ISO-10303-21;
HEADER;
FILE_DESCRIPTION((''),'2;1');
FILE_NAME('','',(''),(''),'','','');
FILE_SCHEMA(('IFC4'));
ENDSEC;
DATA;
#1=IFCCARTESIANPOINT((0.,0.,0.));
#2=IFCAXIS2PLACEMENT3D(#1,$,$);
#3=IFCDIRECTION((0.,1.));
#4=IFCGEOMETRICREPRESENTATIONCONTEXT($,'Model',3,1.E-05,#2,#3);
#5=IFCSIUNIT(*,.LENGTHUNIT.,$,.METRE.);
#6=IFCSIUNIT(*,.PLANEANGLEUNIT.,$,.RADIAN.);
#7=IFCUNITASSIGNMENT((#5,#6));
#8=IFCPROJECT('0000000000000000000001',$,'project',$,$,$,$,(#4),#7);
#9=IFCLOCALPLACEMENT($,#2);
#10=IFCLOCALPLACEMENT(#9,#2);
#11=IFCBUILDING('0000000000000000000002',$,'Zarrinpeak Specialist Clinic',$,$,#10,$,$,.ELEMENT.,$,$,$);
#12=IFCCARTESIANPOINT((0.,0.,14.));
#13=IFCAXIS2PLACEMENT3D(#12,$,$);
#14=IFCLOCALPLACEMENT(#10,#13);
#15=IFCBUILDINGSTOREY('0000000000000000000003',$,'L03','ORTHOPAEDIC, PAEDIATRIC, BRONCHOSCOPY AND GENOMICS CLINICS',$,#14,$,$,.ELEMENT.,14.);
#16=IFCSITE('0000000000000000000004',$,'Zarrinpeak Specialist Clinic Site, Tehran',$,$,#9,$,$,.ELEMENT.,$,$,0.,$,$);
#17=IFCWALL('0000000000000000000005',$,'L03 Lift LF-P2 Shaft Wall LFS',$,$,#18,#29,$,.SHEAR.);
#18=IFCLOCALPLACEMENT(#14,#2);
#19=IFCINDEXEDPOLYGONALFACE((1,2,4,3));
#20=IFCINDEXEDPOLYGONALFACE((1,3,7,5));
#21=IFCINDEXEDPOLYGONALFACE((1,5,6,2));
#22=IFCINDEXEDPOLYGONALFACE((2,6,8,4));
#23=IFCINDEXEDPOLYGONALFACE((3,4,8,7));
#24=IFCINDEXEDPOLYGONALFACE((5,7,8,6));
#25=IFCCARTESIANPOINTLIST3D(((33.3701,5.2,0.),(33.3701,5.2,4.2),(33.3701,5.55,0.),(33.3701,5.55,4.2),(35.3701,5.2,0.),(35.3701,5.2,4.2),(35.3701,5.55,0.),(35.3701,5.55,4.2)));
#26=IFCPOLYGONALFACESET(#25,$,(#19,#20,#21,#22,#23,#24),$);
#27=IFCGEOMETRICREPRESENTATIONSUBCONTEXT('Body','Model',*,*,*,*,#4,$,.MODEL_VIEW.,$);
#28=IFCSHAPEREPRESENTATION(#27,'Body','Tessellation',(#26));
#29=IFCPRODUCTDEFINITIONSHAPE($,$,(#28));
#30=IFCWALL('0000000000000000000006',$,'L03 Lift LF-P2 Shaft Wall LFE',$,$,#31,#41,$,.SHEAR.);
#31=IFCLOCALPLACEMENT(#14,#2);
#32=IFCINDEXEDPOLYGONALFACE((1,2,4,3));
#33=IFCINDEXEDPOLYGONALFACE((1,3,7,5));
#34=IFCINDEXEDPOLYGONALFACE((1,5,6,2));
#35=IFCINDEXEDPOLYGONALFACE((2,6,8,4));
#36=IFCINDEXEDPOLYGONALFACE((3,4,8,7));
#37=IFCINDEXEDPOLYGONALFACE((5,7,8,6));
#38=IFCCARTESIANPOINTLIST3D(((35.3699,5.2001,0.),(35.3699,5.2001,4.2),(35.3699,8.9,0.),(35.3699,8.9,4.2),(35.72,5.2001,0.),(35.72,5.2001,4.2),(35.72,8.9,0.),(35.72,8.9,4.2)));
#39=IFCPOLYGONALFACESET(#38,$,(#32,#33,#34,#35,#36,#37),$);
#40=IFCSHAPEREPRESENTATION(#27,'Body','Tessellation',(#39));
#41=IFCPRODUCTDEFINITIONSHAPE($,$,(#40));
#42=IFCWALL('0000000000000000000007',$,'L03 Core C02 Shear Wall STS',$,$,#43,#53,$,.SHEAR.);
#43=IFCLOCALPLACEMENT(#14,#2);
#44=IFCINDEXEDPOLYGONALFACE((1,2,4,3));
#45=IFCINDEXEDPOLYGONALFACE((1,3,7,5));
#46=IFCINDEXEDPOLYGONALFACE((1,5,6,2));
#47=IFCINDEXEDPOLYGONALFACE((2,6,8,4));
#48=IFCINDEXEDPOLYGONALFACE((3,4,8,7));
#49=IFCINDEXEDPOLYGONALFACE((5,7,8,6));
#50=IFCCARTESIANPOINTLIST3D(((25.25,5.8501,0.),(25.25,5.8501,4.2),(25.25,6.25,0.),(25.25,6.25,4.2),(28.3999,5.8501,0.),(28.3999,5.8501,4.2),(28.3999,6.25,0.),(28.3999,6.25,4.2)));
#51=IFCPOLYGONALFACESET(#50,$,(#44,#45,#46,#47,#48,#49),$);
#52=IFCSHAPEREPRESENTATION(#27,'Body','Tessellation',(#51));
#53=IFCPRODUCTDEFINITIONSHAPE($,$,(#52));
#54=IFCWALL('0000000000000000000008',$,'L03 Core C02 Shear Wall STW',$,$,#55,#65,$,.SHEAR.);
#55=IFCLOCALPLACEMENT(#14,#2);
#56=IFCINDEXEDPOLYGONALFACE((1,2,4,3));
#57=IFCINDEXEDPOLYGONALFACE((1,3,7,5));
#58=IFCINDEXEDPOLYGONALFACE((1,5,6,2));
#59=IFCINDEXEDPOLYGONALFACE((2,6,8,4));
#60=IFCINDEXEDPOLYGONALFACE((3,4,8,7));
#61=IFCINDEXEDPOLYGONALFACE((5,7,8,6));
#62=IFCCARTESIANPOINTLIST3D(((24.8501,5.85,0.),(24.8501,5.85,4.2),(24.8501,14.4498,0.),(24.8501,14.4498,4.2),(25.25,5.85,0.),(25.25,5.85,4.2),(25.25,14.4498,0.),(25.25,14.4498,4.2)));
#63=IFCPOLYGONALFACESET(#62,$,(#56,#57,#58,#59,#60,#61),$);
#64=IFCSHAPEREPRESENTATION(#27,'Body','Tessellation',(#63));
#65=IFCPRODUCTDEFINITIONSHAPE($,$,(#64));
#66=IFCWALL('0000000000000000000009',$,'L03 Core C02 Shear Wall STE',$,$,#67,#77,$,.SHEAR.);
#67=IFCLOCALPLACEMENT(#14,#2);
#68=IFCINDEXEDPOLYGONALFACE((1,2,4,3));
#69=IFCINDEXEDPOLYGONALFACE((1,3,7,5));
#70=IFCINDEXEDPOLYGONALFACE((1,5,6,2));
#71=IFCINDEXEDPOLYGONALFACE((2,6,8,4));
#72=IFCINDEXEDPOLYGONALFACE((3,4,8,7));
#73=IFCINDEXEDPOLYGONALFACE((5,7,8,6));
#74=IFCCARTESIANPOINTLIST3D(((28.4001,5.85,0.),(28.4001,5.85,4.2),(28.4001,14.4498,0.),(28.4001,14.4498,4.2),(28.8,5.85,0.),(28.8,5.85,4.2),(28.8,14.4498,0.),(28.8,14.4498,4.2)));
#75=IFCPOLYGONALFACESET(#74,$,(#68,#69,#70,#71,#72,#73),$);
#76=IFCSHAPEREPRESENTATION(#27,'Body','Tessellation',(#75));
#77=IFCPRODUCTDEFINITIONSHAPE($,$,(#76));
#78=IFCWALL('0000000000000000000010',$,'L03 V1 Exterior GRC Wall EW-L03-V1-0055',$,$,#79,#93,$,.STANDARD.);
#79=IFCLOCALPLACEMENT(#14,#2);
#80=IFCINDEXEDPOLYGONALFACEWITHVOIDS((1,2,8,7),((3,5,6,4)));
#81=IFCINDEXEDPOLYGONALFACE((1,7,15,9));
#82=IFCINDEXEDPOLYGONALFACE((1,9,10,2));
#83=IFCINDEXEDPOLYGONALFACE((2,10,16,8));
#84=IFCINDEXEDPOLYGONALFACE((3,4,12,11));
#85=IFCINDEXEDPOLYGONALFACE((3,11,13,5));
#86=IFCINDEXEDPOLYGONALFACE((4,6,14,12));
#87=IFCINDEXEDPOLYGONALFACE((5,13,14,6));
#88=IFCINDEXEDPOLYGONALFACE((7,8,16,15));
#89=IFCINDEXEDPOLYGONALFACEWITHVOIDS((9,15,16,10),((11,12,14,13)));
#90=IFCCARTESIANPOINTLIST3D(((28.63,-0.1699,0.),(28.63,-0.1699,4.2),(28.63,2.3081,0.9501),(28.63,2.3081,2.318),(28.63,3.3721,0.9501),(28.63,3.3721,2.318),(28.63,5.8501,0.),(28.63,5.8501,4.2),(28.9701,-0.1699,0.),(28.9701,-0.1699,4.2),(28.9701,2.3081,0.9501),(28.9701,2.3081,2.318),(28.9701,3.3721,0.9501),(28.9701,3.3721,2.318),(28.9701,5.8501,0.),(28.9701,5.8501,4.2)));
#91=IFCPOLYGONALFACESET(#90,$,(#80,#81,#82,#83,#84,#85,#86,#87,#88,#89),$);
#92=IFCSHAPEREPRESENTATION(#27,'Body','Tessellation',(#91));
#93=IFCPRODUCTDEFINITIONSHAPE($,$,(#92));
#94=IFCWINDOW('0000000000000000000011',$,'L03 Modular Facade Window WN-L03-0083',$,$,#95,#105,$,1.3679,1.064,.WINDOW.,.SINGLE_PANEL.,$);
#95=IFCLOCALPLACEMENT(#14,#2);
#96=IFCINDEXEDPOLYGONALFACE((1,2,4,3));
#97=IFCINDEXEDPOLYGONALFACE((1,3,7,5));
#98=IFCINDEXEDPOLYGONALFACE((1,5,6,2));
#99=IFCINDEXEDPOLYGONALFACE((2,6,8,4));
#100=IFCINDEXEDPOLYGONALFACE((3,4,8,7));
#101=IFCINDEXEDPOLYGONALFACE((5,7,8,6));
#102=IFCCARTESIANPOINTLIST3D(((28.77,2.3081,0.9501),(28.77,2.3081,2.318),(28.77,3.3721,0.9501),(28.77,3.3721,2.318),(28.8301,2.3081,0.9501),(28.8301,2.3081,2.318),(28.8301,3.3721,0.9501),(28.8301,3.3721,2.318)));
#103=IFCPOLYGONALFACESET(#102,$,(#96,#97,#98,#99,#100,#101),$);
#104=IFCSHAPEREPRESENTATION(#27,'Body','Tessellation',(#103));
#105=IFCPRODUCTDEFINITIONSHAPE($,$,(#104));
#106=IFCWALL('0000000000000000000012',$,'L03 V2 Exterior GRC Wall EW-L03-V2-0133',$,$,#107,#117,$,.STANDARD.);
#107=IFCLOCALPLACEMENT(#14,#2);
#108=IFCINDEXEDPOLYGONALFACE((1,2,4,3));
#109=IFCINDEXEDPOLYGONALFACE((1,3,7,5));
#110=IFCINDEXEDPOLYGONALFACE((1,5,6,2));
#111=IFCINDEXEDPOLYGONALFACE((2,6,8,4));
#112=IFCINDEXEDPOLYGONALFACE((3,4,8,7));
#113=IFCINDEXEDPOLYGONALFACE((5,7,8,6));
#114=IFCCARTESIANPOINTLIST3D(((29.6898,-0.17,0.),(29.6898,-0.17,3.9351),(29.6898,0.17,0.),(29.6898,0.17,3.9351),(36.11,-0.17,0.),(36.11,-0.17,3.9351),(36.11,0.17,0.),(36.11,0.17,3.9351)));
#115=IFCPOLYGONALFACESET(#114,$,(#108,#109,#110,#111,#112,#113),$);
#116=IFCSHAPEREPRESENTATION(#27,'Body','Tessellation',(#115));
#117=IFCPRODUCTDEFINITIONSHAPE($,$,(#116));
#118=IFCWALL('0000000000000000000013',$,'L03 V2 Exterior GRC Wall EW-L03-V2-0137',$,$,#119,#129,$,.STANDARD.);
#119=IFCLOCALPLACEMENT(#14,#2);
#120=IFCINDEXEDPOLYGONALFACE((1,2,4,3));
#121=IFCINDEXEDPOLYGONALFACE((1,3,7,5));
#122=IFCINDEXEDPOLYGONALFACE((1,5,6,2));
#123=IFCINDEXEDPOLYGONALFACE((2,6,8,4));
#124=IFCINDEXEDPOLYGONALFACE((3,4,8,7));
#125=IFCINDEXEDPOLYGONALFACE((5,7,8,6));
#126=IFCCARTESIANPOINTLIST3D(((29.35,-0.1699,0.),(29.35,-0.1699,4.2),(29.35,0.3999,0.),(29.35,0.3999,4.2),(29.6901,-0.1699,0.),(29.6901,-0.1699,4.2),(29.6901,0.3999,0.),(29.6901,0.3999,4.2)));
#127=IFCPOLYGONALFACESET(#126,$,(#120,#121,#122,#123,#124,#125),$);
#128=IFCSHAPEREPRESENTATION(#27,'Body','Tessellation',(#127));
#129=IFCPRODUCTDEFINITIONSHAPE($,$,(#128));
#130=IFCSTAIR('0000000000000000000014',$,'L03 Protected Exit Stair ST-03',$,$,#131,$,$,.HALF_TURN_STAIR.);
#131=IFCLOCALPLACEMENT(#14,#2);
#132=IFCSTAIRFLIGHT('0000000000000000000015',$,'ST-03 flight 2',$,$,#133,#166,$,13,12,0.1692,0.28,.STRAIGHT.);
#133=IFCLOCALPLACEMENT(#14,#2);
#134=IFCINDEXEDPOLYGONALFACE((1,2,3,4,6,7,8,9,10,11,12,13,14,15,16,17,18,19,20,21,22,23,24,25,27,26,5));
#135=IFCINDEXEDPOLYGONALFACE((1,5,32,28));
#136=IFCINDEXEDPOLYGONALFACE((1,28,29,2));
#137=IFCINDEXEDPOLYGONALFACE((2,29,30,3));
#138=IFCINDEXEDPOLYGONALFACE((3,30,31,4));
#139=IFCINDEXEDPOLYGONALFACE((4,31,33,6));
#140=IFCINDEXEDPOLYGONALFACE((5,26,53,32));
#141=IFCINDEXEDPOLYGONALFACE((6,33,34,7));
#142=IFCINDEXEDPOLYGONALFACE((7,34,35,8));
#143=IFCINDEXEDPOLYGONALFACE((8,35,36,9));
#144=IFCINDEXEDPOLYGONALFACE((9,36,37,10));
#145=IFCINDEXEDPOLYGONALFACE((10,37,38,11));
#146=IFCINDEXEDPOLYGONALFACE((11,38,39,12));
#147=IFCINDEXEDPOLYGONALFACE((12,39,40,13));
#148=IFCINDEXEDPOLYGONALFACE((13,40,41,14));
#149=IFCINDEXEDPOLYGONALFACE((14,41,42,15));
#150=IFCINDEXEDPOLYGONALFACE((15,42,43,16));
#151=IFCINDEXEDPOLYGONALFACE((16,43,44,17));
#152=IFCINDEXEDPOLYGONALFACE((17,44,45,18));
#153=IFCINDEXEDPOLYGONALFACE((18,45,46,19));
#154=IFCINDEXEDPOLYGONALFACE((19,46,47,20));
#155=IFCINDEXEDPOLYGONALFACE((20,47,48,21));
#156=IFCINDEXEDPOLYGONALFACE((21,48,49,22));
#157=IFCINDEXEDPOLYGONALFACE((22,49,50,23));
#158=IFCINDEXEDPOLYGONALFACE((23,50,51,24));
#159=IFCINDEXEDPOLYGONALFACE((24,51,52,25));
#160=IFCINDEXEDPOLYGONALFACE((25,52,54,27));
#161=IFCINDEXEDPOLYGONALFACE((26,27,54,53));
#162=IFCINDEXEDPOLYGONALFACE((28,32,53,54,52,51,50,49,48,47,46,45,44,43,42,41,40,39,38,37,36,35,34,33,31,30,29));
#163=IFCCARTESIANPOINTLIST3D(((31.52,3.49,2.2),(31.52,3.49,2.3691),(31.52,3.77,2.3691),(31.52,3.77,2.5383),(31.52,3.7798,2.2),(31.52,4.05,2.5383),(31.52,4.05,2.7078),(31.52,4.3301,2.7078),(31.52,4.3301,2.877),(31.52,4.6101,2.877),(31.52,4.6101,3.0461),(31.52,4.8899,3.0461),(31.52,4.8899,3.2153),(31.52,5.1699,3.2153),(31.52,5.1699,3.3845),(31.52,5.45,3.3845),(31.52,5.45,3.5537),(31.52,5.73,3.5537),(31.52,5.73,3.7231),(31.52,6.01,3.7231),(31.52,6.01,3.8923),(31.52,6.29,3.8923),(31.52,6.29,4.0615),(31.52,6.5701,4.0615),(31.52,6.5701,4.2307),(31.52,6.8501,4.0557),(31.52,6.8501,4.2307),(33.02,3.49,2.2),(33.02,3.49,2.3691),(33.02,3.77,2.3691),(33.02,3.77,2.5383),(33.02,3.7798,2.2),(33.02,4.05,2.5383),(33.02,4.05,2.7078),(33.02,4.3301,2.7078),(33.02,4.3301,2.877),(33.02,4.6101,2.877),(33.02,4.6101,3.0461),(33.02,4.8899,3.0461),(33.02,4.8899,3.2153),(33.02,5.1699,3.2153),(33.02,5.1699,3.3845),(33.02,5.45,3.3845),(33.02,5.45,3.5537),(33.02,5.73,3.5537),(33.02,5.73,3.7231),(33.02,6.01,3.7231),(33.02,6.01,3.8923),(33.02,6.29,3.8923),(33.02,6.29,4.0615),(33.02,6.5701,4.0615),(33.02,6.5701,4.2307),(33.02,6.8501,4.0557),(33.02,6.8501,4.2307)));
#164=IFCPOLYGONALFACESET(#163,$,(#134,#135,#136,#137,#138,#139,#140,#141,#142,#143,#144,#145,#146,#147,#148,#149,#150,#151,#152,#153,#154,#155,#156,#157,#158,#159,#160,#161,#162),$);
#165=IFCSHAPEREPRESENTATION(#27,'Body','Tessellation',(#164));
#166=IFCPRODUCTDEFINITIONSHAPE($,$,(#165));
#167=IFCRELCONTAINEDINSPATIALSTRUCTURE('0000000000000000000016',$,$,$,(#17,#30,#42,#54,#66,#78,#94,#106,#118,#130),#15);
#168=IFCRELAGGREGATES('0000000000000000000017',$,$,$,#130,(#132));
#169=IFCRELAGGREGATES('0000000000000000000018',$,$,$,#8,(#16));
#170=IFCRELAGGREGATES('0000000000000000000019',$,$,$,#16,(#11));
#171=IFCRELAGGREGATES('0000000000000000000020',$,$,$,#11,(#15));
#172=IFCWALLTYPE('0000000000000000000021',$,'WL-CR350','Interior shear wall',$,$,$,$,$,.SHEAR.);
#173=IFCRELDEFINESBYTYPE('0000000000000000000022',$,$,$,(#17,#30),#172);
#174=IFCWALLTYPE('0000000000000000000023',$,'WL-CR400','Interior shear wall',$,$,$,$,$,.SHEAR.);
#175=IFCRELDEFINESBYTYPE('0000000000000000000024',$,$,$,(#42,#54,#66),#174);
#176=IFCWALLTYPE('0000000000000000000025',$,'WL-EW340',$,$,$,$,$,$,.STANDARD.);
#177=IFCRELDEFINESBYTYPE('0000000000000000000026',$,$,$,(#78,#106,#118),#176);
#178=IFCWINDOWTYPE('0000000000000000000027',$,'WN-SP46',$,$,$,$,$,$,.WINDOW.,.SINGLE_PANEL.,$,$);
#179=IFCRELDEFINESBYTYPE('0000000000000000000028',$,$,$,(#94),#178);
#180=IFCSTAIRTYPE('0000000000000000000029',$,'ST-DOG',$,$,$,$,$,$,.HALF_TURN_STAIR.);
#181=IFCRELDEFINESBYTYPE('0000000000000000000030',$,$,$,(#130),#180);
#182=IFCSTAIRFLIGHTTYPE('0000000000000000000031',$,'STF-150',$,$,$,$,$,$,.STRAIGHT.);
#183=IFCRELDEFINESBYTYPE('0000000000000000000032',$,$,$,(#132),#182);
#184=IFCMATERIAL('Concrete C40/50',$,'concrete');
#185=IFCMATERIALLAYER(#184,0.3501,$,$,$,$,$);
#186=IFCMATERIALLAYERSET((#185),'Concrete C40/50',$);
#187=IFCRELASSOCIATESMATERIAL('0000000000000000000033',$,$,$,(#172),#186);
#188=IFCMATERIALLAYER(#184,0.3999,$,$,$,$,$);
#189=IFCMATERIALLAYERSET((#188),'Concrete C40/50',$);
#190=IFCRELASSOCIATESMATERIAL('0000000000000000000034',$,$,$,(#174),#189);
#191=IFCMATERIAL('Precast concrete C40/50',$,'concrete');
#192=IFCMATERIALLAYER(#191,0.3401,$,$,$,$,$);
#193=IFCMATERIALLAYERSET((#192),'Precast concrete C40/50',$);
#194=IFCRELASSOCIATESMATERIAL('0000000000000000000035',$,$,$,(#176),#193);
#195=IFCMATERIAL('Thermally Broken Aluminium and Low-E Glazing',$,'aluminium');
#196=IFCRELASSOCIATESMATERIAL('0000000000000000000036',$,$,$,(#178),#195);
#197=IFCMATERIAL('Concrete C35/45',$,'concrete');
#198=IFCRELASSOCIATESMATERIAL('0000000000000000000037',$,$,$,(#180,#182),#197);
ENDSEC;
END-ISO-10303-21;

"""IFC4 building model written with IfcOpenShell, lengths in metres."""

from ifc_helpers import new_model, si_unit, direction, frame, frame_2d, origin, place, context, subcontext, project, spatial, polyline, rectangle, outline, extrude, material, layer, layer_set, type_object, element, fill, aggregate, save


model = new_model("IFC4")

# Units and contexts
model_context = context("Model", 3, precision=1e-05, world=origin(), true_north=direction((0.0, 1.0)))
body_context = subcontext(model_context, "Body", "Model", "MODEL_VIEW")
ifc_project = project(units=[si_unit("LENGTHUNIT", "METRE"), si_unit("PLANEANGLEUNIT", "RADIAN")], contexts=[model_context])

# Site, building, storey
site_placement = place(None, origin())
site = spatial("IfcSite", under=ifc_project, at=site_placement, Name="Zarrinpeak Specialist Clinic Site, Tehran", CompositionType="ELEMENT", RefElevation=0.0)
building_placement = place(site_placement, origin())
building = spatial("IfcBuilding", under=site, at=building_placement, Name="Zarrinpeak Specialist Clinic", CompositionType="ELEMENT")
storey_placement = place(building_placement, frame((0.0, 0.0, 14.0)))
storey = spatial("IfcBuildingStorey", under=building, at=storey_placement, Name="L03", Description="ORTHOPAEDIC, PAEDIATRIC, BRONCHOSCOPY AND GENOMICS CLINICS", CompositionType="ELEMENT", Elevation=14.0)

# Walls
ifc_material_1 = material(Name="Concrete C40/50", Category="concrete")
ifc_layer_1 = layer(ifc_material_1, 0.3501)
ifc_layer_set_1 = layer_set([ifc_layer_1], Name="Concrete C40/50")
wall_type_1 = type_object("IfcWallType", Name="WL-CR350", Description="Interior shear wall", PredefinedType="SHEAR", material=ifc_layer_set_1)
wall_1_placement = place(storey_placement, frame((33.3701, 5.375, 0.0), z_axis=(0.0, 0.0, 1.0), x_axis=(1.0, 0.0, 0.0)))
element("IfcWall", 1, at=wall_1_placement, inside=storey, type_object=wall_type_1, Name="L03 Lift LF-P2 Shaft Wall LFS", PredefinedType="SHEAR", context=body_context, shape_type="SweptSolid", body=[
    extrude(rectangle(XDim=2.0, YDim=0.3501, at=frame_2d((1.0, 0.0))), origin(), (0.0, 0.0, 1.0), 4.2),
])
wall_2_placement = place(storey_placement, frame((35.5449, 5.2, 0.0), z_axis=(0.0, 0.0, 1.0), x_axis=(0.0, 1.0, 0.0)))
element("IfcWall", 2, at=wall_2_placement, inside=storey, type_object=wall_type_1, Name="L03 Lift LF-P2 Shaft Wall LFE", PredefinedType="SHEAR", context=body_context, shape_type="SweptSolid", body=[
    extrude(rectangle(XDim=3.7, YDim=0.3501, at=frame_2d((1.8501, 0.0))), origin(), (0.0, 0.0, 1.0), 4.2),
])
ifc_layer_2 = layer(ifc_material_1, 0.3999)
ifc_layer_set_2 = layer_set([ifc_layer_2], Name="Concrete C40/50")
wall_type_2 = type_object("IfcWallType", Name="WL-CR400", Description="Interior shear wall", PredefinedType="SHEAR", material=ifc_layer_set_2)
wall_3_placement = place(storey_placement, frame((25.25, 6.05, 0.0), z_axis=(0.0, 0.0, 1.0), x_axis=(1.0, 0.0, 0.0)))
element("IfcWall", 3, at=wall_3_placement, inside=storey, type_object=wall_type_2, Name="L03 Core C02 Shear Wall STS", PredefinedType="SHEAR", context=body_context, shape_type="SweptSolid", body=[
    extrude(rectangle(XDim=3.1499, YDim=0.3999, at=frame_2d((1.575, 0.0))), origin(), (0.0, 0.0, 1.0), 4.2),
])
for number, where, z_axis, x_axis, name in (
    (4, (25.05, 5.8501, 0.0), (0.0, 0.0, 1.0), (0.0, 1.0, 0.0), "L03 Core C02 Shear Wall STW"),
    (5, (28.6001, 5.8501, 0.0), (0.0, 0.0, 1.0), (0.0, 1.0, 0.0), "L03 Core C02 Shear Wall STE"),
):
    element("IfcWall", number, at=place(storey_placement, frame(where, z_axis=z_axis, x_axis=x_axis)), inside=storey, type_object=wall_type_2, Name=name, PredefinedType="SHEAR", context=body_context, shape_type="SweptSolid", body=[
        extrude(rectangle(XDim=8.5999, YDim=0.3999, at=frame_2d((4.2998, 0.0))), origin(), (0.0, 0.0, 1.0), 4.2),
    ])

# Wall, opening, window
ifc_material_2 = material(Name="Precast concrete C40/50", Category="concrete")
ifc_layer_3 = layer(ifc_material_2, 0.3401)
ifc_layer_set_3 = layer_set([ifc_layer_3], Name="Precast concrete C40/50")
wall_type_3 = type_object("IfcWallType", Name="WL-EW340", PredefinedType="STANDARD", material=ifc_layer_set_3)
wall_4_placement = place(storey_placement, frame((28.8, -0.1699, 0.0), z_axis=(0.0, 0.0, 1.0), x_axis=(0.0, 1.0, 0.0)))
wall_4 = element("IfcWall", 6, at=wall_4_placement, inside=storey, type_object=wall_type_3, Name="L03 V1 Exterior GRC Wall EW-L03-V1-0055", PredefinedType="STANDARD", context=body_context, shape_type="SweptSolid", body=[
    extrude(rectangle(XDim=6.02, YDim=0.3401, at=frame_2d((3.01, 0.0))), origin(), (0.0, 0.0, 1.0), 4.2),
])
opening_placement = place(wall_4_placement, frame((2.478, 0.0, 0.95)))
opening = element("IfcOpeningElement", 7, at=opening_placement, cuts=wall_4, PredefinedType="OPENING", context=body_context, shape_type="SweptSolid", body=[
    extrude(rectangle(XDim=1.064, YDim=1.3679, at=frame_2d((0.532, 0.6841))), frame((0.0, 0.1802, 0.0), z_axis=(0.0, -1.0, 0.0), x_axis=(1.0, 0.0, 0.0)), (0.0, 0.0, 1.0), 0.3601),
])
ifc_material_3 = material(Name="Thermally Broken Aluminium and Low-E Glazing", Category="aluminium")
window_type = type_object("IfcWindowType", Name="WN-SP46", PartitioningType="SINGLE_PANEL", PredefinedType="WINDOW", material=ifc_material_3)
window_placement = place(opening_placement, origin())
window = element("IfcWindow", 8, at=window_placement, inside=storey, type_object=window_type, Name="L03 Modular Facade Window WN-L03-0083", OverallHeight=1.3679, OverallWidth=1.064, PartitioningType="SINGLE_PANEL", PredefinedType="WINDOW", context=body_context, shape_type="SweptSolid", body=[
    extrude(rectangle(XDim=1.064, YDim=1.3679, at=frame_2d((0.532, 0.6841))), frame((0.0, 0.03, 0.0), z_axis=(0.0, -1.0, 0.0), x_axis=(1.0, 0.0, 0.0)), (0.0, 0.0, 1.0), 0.0601),
])
fill(opening, window)

# Walls
wall_5_placement = place(storey_placement, frame((29.6899, 0.0, 0.0), z_axis=(0.0, 0.0, 1.0), x_axis=(1.0, 0.0, 0.0)))
element("IfcWall", 9, at=wall_5_placement, inside=storey, type_object=wall_type_3, Name="L03 V2 Exterior GRC Wall EW-L03-V2-0133", PredefinedType="STANDARD", context=body_context, shape_type="SweptSolid", body=[
    extrude(rectangle(XDim=6.4202, YDim=0.3401, at=frame_2d((3.21, 0.0))), origin(), (0.0, 0.0, 1.0), 3.9351),
])
wall_6_placement = place(storey_placement, frame((29.52, 0.3999, 0.0), z_axis=(0.0, 0.0, 1.0), x_axis=(0.0, -1.0, 0.0)))
element("IfcWall", 10, at=wall_6_placement, inside=storey, type_object=wall_type_3, Name="L03 V2 Exterior GRC Wall EW-L03-V2-0137", PredefinedType="STANDARD", context=body_context, shape_type="SweptSolid", body=[
    extrude(rectangle(XDim=0.5698, YDim=0.3401, at=frame_2d((0.2849, 0.0))), origin(), (0.0, 0.0, 1.0), 4.2),
])

# Stair, stair flight
ifc_material_4 = material(Name="Concrete C35/45", Category="concrete")
stair_type = type_object("IfcStairType", Name="ST-DOG", PredefinedType="HALF_TURN_STAIR", material=ifc_material_4)
stair_placement = place(storey_placement, origin())
stair = element("IfcStair", 11, at=stair_placement, inside=storey, type_object=stair_type, Name="L03 Protected Exit Stair ST-03", PredefinedType="HALF_TURN_STAIR")
stair_flight_type = type_object("IfcStairFlightType", Name="STF-150", PredefinedType="STRAIGHT", material=ifc_material_4)
stair_flight_placement = place(storey_placement, frame((32.27, 3.49, 2.2), z_axis=(0.0, 0.0, 1.0), x_axis=(0.0, 1.0, 0.0)))
stair_flight = element("IfcStairFlight", 12, at=stair_flight_placement, type_object=stair_flight_type, Name="ST-03 flight 2", NumberOfRisers=13, NumberOfTreads=12, PredefinedType="STRAIGHT", RiserHeight=0.1692, TreadLength=0.28, context=body_context, shape_type="SweptSolid", body=[
    extrude(outline(polyline([(0.0, 0.0), (0.0, 0.1692), (0.28, 0.1692), (0.28, 0.3384), (0.5601, 0.3384), (0.5601, 0.5078), (0.8401, 0.5078), (0.8401, 0.677), (1.1201, 0.677), (1.1201, 0.8462), (1.3999, 0.8462), (1.3999, 1.0154), (1.6799, 1.0154), (1.6799, 1.1846), (1.96, 1.1846), (1.96, 1.3538), (2.24, 1.3538), (2.24, 1.5232), (2.52, 1.5232), (2.52, 1.6924), (2.8, 1.6924), (2.8, 1.8616), (3.0801, 1.8616), (3.0801, 2.0308), (3.3601, 2.0308), (3.3601, 2.2), (3.3601, 1.8557), (0.2898, 0.0), (0.0, 0.0)])), frame((0.0, 0.75, 0.0), z_axis=(0.0, -1.0, 0.0), x_axis=(1.0, 0.0, 0.0)), (0.0, 0.0, 1.0), 1.5),
])
aggregate(stair, [stair_flight])

save(model, "model.ifc")
